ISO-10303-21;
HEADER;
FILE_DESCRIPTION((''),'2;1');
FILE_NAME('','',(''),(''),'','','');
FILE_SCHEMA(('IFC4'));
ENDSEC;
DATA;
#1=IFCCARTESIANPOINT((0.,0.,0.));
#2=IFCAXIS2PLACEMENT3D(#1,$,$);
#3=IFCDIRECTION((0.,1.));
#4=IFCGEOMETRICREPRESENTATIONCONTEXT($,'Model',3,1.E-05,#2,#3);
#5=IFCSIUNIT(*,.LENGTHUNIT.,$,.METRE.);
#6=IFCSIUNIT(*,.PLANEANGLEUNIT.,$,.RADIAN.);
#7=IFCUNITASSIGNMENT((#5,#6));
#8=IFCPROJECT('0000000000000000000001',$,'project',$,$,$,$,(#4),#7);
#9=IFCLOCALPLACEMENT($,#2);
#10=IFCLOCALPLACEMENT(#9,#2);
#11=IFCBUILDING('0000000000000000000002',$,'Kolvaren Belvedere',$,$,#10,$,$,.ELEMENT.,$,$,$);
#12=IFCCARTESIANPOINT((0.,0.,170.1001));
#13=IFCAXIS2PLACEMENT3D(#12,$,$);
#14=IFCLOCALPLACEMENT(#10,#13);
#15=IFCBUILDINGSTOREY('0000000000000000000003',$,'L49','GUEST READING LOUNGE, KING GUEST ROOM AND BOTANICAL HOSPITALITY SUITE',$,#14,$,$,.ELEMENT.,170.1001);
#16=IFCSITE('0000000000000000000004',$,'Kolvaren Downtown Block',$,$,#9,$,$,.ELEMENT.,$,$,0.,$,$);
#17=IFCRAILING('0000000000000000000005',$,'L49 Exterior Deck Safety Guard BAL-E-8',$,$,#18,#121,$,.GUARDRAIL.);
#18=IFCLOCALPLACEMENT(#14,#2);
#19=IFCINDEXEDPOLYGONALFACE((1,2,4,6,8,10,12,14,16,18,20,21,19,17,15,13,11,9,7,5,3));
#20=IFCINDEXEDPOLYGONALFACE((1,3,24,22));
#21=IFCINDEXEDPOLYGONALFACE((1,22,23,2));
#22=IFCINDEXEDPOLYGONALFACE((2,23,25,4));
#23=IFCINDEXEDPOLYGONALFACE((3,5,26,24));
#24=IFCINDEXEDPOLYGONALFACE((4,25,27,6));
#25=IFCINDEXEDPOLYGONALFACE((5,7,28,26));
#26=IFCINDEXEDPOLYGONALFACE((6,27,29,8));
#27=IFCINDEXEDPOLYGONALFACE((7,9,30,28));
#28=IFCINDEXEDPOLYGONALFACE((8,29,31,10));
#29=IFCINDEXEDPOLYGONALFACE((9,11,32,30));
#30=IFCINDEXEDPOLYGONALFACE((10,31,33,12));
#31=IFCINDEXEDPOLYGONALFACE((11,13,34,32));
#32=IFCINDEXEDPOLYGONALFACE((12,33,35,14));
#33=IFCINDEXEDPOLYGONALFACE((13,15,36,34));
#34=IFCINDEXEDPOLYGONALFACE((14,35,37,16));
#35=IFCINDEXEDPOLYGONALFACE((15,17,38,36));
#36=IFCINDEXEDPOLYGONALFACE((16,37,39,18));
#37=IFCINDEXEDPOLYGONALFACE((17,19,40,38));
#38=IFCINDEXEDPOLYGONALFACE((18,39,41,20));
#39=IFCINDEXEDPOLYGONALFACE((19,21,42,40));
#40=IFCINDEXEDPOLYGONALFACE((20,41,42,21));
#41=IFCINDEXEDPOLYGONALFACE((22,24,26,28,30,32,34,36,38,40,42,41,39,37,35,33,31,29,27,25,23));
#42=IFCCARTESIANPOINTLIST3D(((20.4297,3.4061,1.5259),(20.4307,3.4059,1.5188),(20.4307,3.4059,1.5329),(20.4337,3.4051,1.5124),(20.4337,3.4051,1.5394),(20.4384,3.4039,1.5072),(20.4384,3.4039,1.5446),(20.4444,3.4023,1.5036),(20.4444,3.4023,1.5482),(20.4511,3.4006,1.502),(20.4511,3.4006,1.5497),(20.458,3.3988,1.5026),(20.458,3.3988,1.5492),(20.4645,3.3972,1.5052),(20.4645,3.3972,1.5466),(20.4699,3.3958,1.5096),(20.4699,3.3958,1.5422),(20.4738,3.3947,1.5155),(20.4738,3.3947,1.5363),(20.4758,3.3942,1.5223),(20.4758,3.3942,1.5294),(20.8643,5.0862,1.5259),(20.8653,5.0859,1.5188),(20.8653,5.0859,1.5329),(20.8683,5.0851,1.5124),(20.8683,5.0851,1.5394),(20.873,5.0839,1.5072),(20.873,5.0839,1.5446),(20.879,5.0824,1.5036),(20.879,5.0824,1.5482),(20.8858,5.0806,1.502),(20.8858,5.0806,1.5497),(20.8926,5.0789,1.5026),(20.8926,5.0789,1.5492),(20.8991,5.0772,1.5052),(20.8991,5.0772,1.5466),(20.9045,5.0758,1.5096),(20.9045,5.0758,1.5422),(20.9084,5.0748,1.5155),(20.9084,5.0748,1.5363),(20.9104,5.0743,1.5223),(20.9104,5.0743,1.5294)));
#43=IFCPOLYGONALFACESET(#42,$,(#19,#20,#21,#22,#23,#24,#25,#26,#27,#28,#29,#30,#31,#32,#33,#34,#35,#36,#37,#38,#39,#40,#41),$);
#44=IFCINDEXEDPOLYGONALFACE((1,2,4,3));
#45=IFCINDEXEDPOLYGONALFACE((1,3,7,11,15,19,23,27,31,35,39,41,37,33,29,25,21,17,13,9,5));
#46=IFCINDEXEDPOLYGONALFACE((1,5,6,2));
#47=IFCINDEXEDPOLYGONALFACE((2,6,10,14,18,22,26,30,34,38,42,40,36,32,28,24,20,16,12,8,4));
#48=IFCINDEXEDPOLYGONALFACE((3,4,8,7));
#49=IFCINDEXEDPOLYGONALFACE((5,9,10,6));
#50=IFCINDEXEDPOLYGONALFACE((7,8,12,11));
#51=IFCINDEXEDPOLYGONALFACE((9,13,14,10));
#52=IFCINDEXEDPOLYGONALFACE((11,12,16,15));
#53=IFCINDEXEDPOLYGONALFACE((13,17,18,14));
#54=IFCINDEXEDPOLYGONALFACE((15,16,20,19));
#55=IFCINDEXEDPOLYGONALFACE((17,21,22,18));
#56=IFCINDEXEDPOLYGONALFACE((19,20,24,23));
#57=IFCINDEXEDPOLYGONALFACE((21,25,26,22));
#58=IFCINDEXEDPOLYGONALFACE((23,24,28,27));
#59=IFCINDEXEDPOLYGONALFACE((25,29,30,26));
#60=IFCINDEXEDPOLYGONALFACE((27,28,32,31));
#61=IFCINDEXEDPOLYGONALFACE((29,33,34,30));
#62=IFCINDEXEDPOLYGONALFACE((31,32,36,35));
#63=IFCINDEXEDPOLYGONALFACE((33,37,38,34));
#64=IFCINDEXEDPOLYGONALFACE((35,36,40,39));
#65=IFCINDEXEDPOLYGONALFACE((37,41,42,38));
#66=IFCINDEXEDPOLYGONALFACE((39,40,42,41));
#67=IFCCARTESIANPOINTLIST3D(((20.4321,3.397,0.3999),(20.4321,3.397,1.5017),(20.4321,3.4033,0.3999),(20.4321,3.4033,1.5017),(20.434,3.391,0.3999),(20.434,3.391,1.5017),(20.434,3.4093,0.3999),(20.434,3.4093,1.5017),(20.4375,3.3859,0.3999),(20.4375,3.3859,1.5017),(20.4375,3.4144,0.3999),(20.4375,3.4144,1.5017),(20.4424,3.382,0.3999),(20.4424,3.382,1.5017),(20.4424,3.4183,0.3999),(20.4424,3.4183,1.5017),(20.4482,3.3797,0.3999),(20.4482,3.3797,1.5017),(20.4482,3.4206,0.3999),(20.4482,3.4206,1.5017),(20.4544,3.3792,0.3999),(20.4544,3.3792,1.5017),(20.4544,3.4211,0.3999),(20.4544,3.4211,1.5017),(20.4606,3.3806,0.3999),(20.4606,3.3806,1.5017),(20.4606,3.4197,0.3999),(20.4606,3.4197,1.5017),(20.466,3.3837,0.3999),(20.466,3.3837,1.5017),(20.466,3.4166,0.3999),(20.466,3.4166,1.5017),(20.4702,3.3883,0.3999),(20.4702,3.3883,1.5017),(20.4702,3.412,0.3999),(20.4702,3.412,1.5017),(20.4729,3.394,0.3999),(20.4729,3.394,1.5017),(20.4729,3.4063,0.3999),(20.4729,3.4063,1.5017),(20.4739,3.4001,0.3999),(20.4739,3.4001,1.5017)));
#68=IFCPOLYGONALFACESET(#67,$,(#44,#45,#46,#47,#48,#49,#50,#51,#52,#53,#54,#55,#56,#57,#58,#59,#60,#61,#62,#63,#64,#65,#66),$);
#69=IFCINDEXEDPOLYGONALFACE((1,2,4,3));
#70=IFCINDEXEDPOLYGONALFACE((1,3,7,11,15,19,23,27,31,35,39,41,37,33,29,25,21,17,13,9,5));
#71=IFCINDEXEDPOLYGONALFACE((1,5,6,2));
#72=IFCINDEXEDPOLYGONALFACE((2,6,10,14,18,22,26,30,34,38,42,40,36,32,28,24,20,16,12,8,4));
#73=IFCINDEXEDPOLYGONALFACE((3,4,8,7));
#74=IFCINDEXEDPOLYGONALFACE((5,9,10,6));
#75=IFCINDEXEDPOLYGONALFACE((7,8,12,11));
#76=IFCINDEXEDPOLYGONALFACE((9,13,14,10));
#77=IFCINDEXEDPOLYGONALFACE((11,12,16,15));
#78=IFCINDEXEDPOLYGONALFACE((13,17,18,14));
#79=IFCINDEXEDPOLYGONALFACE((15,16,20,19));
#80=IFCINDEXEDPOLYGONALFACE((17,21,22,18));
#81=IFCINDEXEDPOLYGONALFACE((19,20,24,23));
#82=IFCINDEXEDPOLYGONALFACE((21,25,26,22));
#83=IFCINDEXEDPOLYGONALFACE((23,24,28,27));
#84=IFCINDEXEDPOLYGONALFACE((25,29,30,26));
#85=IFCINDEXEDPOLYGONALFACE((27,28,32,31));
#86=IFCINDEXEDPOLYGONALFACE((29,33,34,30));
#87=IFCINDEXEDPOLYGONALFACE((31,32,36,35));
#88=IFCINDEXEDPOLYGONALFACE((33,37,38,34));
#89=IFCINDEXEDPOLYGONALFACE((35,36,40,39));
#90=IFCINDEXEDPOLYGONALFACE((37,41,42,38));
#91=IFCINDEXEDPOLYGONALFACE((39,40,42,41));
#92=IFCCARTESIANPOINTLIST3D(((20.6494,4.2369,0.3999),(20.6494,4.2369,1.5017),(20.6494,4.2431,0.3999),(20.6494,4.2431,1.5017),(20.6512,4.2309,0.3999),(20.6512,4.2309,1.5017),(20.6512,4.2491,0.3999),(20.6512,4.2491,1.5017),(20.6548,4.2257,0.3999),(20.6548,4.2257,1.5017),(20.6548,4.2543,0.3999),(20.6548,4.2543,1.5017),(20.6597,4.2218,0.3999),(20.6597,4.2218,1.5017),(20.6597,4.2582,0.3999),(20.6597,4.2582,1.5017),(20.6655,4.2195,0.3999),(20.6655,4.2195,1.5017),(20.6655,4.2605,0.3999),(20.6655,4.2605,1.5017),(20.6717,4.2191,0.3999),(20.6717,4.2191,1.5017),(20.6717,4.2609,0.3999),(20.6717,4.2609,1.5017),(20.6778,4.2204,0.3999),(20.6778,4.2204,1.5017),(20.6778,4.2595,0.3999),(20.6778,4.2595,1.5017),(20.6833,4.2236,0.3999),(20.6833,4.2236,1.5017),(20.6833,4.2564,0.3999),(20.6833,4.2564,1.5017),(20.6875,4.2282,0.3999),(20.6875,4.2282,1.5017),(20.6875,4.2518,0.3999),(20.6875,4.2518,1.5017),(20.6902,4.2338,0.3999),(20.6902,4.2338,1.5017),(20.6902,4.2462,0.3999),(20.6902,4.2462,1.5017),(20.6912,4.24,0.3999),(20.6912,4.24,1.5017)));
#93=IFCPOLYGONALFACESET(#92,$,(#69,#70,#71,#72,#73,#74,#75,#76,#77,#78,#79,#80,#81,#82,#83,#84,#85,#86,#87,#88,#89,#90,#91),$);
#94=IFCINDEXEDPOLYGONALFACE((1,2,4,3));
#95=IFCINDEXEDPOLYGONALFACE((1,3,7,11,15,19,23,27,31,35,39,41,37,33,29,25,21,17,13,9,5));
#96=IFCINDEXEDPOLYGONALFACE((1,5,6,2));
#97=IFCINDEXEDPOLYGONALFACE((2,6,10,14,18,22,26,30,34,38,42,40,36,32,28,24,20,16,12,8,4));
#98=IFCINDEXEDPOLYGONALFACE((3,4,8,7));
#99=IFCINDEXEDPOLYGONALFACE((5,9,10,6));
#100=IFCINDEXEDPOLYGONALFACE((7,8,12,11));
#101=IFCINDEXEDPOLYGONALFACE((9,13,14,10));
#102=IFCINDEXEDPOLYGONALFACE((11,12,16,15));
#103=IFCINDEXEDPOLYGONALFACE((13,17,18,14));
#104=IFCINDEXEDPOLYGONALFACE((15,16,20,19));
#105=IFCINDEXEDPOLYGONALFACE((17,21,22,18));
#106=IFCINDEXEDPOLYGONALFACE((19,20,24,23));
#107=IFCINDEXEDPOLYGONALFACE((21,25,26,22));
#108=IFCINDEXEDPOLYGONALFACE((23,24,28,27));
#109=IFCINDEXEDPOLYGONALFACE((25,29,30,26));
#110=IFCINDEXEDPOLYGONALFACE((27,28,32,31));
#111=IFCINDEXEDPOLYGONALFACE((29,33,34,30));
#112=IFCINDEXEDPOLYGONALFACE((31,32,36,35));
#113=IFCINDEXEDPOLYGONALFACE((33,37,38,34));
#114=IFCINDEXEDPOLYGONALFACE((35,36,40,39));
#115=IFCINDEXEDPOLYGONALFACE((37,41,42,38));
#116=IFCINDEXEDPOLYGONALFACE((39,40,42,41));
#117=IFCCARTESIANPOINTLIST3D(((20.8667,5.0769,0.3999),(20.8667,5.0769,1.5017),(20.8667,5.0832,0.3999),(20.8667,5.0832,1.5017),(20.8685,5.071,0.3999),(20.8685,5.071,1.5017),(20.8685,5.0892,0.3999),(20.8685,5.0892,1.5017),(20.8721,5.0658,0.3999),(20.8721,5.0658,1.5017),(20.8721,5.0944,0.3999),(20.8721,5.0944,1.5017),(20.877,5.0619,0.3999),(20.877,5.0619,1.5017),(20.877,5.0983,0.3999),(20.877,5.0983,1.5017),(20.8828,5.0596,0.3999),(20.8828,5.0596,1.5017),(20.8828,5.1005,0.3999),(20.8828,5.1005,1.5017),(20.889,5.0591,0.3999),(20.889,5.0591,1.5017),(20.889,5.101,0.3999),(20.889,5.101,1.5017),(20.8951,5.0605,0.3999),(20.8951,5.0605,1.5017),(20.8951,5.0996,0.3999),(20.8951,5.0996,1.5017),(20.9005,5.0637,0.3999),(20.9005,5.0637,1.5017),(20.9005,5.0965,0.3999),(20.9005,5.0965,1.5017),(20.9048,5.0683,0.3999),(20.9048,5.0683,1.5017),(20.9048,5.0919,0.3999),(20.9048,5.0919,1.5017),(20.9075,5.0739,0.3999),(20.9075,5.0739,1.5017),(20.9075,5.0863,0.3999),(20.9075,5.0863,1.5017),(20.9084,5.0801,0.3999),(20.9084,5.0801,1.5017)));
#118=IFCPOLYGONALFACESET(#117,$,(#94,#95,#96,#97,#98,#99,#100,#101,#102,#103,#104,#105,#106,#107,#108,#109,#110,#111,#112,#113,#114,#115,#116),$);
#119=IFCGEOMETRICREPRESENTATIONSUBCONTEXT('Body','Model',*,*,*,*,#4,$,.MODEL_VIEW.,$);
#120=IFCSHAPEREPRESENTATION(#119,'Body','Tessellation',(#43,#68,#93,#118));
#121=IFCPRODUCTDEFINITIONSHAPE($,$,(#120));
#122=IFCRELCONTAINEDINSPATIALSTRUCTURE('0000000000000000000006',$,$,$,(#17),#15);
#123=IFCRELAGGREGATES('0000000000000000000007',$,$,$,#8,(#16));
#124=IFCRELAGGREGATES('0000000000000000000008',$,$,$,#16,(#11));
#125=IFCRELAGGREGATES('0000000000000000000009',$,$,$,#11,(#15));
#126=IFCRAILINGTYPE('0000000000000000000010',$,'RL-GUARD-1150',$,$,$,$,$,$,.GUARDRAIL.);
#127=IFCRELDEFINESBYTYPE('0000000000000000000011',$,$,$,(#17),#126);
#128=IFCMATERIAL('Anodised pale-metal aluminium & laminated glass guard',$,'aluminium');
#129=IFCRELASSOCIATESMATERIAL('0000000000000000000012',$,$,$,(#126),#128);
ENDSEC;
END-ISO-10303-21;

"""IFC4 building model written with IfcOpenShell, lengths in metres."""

from ifc_helpers import new_model, si_unit, direction, frame, origin, origin_2d, place, context, subcontext, project, spatial, circle, extrude, material, type_object, element, save


model = new_model("IFC4")

# Units and contexts
model_context = context("Model", 3, precision=1e-05, world=origin(), true_north=direction((0.0, 1.0)))
body_context = subcontext(model_context, "Body", "Model", "MODEL_VIEW")
ifc_project = project(units=[si_unit("LENGTHUNIT", "METRE"), si_unit("PLANEANGLEUNIT", "RADIAN")], contexts=[model_context])

# Site, building, storey
site_placement = place(None, origin())
site = spatial("IfcSite", under=ifc_project, at=site_placement, Name="Kolvaren Downtown Block", CompositionType="ELEMENT", RefElevation=0.0)
building_placement = place(site_placement, origin())
building = spatial("IfcBuilding", under=site, at=building_placement, Name="Kolvaren Belvedere", CompositionType="ELEMENT")
storey_placement = place(building_placement, frame((0.0, 0.0, 170.1001)))
storey = spatial("IfcBuildingStorey", under=building, at=storey_placement, Name="L49", Description="GUEST READING LOUNGE, KING GUEST ROOM AND BOTANICAL HOSPITALITY SUITE", CompositionType="ELEMENT", Elevation=170.1001)

# Railing
ifc_material_1 = material(Name="Anodised pale-metal aluminium & laminated glass guard", Category="aluminium")
railing_type = type_object("IfcRailingType", Name="RL-GUARD-1150", PredefinedType="GUARDRAIL", material=ifc_material_1)
railing_1_placement = place(storey_placement, frame((20.4529, 3.4001, 0.3999)))
element("IfcRailing", 1, at=railing_1_placement, inside=storey, type_object=railing_type, Name="L49 Exterior Deck Safety Guard BAL-E-8", PredefinedType="GUARDRAIL", context=body_context, shape_type="SweptSolid", body=[
    extrude(circle(Radius=0.0239, at=origin_2d()), frame((0.0, 0.0, 1.126), z_axis=(0.25044, 0.968132, 0.0), x_axis=(-0.968132, 0.25044, 0.0)), (0.0, 0.0, 1.0), 1.7354),
    extrude(circle(Radius=0.021, at=origin_2d()), origin(), (0.0, 0.0, 1.0), 1.1018),
    extrude(circle(Radius=0.021, at=origin_2d()), frame((0.2173, 0.8398, 0.0)), (0.0, 0.0, 1.0), 1.1018),
    extrude(circle(Radius=0.021, at=origin_2d()), frame((0.4346, 1.6799, 0.0)), (0.0, 0.0, 1.0), 1.1018),
])

save(model, "model.ifc")
